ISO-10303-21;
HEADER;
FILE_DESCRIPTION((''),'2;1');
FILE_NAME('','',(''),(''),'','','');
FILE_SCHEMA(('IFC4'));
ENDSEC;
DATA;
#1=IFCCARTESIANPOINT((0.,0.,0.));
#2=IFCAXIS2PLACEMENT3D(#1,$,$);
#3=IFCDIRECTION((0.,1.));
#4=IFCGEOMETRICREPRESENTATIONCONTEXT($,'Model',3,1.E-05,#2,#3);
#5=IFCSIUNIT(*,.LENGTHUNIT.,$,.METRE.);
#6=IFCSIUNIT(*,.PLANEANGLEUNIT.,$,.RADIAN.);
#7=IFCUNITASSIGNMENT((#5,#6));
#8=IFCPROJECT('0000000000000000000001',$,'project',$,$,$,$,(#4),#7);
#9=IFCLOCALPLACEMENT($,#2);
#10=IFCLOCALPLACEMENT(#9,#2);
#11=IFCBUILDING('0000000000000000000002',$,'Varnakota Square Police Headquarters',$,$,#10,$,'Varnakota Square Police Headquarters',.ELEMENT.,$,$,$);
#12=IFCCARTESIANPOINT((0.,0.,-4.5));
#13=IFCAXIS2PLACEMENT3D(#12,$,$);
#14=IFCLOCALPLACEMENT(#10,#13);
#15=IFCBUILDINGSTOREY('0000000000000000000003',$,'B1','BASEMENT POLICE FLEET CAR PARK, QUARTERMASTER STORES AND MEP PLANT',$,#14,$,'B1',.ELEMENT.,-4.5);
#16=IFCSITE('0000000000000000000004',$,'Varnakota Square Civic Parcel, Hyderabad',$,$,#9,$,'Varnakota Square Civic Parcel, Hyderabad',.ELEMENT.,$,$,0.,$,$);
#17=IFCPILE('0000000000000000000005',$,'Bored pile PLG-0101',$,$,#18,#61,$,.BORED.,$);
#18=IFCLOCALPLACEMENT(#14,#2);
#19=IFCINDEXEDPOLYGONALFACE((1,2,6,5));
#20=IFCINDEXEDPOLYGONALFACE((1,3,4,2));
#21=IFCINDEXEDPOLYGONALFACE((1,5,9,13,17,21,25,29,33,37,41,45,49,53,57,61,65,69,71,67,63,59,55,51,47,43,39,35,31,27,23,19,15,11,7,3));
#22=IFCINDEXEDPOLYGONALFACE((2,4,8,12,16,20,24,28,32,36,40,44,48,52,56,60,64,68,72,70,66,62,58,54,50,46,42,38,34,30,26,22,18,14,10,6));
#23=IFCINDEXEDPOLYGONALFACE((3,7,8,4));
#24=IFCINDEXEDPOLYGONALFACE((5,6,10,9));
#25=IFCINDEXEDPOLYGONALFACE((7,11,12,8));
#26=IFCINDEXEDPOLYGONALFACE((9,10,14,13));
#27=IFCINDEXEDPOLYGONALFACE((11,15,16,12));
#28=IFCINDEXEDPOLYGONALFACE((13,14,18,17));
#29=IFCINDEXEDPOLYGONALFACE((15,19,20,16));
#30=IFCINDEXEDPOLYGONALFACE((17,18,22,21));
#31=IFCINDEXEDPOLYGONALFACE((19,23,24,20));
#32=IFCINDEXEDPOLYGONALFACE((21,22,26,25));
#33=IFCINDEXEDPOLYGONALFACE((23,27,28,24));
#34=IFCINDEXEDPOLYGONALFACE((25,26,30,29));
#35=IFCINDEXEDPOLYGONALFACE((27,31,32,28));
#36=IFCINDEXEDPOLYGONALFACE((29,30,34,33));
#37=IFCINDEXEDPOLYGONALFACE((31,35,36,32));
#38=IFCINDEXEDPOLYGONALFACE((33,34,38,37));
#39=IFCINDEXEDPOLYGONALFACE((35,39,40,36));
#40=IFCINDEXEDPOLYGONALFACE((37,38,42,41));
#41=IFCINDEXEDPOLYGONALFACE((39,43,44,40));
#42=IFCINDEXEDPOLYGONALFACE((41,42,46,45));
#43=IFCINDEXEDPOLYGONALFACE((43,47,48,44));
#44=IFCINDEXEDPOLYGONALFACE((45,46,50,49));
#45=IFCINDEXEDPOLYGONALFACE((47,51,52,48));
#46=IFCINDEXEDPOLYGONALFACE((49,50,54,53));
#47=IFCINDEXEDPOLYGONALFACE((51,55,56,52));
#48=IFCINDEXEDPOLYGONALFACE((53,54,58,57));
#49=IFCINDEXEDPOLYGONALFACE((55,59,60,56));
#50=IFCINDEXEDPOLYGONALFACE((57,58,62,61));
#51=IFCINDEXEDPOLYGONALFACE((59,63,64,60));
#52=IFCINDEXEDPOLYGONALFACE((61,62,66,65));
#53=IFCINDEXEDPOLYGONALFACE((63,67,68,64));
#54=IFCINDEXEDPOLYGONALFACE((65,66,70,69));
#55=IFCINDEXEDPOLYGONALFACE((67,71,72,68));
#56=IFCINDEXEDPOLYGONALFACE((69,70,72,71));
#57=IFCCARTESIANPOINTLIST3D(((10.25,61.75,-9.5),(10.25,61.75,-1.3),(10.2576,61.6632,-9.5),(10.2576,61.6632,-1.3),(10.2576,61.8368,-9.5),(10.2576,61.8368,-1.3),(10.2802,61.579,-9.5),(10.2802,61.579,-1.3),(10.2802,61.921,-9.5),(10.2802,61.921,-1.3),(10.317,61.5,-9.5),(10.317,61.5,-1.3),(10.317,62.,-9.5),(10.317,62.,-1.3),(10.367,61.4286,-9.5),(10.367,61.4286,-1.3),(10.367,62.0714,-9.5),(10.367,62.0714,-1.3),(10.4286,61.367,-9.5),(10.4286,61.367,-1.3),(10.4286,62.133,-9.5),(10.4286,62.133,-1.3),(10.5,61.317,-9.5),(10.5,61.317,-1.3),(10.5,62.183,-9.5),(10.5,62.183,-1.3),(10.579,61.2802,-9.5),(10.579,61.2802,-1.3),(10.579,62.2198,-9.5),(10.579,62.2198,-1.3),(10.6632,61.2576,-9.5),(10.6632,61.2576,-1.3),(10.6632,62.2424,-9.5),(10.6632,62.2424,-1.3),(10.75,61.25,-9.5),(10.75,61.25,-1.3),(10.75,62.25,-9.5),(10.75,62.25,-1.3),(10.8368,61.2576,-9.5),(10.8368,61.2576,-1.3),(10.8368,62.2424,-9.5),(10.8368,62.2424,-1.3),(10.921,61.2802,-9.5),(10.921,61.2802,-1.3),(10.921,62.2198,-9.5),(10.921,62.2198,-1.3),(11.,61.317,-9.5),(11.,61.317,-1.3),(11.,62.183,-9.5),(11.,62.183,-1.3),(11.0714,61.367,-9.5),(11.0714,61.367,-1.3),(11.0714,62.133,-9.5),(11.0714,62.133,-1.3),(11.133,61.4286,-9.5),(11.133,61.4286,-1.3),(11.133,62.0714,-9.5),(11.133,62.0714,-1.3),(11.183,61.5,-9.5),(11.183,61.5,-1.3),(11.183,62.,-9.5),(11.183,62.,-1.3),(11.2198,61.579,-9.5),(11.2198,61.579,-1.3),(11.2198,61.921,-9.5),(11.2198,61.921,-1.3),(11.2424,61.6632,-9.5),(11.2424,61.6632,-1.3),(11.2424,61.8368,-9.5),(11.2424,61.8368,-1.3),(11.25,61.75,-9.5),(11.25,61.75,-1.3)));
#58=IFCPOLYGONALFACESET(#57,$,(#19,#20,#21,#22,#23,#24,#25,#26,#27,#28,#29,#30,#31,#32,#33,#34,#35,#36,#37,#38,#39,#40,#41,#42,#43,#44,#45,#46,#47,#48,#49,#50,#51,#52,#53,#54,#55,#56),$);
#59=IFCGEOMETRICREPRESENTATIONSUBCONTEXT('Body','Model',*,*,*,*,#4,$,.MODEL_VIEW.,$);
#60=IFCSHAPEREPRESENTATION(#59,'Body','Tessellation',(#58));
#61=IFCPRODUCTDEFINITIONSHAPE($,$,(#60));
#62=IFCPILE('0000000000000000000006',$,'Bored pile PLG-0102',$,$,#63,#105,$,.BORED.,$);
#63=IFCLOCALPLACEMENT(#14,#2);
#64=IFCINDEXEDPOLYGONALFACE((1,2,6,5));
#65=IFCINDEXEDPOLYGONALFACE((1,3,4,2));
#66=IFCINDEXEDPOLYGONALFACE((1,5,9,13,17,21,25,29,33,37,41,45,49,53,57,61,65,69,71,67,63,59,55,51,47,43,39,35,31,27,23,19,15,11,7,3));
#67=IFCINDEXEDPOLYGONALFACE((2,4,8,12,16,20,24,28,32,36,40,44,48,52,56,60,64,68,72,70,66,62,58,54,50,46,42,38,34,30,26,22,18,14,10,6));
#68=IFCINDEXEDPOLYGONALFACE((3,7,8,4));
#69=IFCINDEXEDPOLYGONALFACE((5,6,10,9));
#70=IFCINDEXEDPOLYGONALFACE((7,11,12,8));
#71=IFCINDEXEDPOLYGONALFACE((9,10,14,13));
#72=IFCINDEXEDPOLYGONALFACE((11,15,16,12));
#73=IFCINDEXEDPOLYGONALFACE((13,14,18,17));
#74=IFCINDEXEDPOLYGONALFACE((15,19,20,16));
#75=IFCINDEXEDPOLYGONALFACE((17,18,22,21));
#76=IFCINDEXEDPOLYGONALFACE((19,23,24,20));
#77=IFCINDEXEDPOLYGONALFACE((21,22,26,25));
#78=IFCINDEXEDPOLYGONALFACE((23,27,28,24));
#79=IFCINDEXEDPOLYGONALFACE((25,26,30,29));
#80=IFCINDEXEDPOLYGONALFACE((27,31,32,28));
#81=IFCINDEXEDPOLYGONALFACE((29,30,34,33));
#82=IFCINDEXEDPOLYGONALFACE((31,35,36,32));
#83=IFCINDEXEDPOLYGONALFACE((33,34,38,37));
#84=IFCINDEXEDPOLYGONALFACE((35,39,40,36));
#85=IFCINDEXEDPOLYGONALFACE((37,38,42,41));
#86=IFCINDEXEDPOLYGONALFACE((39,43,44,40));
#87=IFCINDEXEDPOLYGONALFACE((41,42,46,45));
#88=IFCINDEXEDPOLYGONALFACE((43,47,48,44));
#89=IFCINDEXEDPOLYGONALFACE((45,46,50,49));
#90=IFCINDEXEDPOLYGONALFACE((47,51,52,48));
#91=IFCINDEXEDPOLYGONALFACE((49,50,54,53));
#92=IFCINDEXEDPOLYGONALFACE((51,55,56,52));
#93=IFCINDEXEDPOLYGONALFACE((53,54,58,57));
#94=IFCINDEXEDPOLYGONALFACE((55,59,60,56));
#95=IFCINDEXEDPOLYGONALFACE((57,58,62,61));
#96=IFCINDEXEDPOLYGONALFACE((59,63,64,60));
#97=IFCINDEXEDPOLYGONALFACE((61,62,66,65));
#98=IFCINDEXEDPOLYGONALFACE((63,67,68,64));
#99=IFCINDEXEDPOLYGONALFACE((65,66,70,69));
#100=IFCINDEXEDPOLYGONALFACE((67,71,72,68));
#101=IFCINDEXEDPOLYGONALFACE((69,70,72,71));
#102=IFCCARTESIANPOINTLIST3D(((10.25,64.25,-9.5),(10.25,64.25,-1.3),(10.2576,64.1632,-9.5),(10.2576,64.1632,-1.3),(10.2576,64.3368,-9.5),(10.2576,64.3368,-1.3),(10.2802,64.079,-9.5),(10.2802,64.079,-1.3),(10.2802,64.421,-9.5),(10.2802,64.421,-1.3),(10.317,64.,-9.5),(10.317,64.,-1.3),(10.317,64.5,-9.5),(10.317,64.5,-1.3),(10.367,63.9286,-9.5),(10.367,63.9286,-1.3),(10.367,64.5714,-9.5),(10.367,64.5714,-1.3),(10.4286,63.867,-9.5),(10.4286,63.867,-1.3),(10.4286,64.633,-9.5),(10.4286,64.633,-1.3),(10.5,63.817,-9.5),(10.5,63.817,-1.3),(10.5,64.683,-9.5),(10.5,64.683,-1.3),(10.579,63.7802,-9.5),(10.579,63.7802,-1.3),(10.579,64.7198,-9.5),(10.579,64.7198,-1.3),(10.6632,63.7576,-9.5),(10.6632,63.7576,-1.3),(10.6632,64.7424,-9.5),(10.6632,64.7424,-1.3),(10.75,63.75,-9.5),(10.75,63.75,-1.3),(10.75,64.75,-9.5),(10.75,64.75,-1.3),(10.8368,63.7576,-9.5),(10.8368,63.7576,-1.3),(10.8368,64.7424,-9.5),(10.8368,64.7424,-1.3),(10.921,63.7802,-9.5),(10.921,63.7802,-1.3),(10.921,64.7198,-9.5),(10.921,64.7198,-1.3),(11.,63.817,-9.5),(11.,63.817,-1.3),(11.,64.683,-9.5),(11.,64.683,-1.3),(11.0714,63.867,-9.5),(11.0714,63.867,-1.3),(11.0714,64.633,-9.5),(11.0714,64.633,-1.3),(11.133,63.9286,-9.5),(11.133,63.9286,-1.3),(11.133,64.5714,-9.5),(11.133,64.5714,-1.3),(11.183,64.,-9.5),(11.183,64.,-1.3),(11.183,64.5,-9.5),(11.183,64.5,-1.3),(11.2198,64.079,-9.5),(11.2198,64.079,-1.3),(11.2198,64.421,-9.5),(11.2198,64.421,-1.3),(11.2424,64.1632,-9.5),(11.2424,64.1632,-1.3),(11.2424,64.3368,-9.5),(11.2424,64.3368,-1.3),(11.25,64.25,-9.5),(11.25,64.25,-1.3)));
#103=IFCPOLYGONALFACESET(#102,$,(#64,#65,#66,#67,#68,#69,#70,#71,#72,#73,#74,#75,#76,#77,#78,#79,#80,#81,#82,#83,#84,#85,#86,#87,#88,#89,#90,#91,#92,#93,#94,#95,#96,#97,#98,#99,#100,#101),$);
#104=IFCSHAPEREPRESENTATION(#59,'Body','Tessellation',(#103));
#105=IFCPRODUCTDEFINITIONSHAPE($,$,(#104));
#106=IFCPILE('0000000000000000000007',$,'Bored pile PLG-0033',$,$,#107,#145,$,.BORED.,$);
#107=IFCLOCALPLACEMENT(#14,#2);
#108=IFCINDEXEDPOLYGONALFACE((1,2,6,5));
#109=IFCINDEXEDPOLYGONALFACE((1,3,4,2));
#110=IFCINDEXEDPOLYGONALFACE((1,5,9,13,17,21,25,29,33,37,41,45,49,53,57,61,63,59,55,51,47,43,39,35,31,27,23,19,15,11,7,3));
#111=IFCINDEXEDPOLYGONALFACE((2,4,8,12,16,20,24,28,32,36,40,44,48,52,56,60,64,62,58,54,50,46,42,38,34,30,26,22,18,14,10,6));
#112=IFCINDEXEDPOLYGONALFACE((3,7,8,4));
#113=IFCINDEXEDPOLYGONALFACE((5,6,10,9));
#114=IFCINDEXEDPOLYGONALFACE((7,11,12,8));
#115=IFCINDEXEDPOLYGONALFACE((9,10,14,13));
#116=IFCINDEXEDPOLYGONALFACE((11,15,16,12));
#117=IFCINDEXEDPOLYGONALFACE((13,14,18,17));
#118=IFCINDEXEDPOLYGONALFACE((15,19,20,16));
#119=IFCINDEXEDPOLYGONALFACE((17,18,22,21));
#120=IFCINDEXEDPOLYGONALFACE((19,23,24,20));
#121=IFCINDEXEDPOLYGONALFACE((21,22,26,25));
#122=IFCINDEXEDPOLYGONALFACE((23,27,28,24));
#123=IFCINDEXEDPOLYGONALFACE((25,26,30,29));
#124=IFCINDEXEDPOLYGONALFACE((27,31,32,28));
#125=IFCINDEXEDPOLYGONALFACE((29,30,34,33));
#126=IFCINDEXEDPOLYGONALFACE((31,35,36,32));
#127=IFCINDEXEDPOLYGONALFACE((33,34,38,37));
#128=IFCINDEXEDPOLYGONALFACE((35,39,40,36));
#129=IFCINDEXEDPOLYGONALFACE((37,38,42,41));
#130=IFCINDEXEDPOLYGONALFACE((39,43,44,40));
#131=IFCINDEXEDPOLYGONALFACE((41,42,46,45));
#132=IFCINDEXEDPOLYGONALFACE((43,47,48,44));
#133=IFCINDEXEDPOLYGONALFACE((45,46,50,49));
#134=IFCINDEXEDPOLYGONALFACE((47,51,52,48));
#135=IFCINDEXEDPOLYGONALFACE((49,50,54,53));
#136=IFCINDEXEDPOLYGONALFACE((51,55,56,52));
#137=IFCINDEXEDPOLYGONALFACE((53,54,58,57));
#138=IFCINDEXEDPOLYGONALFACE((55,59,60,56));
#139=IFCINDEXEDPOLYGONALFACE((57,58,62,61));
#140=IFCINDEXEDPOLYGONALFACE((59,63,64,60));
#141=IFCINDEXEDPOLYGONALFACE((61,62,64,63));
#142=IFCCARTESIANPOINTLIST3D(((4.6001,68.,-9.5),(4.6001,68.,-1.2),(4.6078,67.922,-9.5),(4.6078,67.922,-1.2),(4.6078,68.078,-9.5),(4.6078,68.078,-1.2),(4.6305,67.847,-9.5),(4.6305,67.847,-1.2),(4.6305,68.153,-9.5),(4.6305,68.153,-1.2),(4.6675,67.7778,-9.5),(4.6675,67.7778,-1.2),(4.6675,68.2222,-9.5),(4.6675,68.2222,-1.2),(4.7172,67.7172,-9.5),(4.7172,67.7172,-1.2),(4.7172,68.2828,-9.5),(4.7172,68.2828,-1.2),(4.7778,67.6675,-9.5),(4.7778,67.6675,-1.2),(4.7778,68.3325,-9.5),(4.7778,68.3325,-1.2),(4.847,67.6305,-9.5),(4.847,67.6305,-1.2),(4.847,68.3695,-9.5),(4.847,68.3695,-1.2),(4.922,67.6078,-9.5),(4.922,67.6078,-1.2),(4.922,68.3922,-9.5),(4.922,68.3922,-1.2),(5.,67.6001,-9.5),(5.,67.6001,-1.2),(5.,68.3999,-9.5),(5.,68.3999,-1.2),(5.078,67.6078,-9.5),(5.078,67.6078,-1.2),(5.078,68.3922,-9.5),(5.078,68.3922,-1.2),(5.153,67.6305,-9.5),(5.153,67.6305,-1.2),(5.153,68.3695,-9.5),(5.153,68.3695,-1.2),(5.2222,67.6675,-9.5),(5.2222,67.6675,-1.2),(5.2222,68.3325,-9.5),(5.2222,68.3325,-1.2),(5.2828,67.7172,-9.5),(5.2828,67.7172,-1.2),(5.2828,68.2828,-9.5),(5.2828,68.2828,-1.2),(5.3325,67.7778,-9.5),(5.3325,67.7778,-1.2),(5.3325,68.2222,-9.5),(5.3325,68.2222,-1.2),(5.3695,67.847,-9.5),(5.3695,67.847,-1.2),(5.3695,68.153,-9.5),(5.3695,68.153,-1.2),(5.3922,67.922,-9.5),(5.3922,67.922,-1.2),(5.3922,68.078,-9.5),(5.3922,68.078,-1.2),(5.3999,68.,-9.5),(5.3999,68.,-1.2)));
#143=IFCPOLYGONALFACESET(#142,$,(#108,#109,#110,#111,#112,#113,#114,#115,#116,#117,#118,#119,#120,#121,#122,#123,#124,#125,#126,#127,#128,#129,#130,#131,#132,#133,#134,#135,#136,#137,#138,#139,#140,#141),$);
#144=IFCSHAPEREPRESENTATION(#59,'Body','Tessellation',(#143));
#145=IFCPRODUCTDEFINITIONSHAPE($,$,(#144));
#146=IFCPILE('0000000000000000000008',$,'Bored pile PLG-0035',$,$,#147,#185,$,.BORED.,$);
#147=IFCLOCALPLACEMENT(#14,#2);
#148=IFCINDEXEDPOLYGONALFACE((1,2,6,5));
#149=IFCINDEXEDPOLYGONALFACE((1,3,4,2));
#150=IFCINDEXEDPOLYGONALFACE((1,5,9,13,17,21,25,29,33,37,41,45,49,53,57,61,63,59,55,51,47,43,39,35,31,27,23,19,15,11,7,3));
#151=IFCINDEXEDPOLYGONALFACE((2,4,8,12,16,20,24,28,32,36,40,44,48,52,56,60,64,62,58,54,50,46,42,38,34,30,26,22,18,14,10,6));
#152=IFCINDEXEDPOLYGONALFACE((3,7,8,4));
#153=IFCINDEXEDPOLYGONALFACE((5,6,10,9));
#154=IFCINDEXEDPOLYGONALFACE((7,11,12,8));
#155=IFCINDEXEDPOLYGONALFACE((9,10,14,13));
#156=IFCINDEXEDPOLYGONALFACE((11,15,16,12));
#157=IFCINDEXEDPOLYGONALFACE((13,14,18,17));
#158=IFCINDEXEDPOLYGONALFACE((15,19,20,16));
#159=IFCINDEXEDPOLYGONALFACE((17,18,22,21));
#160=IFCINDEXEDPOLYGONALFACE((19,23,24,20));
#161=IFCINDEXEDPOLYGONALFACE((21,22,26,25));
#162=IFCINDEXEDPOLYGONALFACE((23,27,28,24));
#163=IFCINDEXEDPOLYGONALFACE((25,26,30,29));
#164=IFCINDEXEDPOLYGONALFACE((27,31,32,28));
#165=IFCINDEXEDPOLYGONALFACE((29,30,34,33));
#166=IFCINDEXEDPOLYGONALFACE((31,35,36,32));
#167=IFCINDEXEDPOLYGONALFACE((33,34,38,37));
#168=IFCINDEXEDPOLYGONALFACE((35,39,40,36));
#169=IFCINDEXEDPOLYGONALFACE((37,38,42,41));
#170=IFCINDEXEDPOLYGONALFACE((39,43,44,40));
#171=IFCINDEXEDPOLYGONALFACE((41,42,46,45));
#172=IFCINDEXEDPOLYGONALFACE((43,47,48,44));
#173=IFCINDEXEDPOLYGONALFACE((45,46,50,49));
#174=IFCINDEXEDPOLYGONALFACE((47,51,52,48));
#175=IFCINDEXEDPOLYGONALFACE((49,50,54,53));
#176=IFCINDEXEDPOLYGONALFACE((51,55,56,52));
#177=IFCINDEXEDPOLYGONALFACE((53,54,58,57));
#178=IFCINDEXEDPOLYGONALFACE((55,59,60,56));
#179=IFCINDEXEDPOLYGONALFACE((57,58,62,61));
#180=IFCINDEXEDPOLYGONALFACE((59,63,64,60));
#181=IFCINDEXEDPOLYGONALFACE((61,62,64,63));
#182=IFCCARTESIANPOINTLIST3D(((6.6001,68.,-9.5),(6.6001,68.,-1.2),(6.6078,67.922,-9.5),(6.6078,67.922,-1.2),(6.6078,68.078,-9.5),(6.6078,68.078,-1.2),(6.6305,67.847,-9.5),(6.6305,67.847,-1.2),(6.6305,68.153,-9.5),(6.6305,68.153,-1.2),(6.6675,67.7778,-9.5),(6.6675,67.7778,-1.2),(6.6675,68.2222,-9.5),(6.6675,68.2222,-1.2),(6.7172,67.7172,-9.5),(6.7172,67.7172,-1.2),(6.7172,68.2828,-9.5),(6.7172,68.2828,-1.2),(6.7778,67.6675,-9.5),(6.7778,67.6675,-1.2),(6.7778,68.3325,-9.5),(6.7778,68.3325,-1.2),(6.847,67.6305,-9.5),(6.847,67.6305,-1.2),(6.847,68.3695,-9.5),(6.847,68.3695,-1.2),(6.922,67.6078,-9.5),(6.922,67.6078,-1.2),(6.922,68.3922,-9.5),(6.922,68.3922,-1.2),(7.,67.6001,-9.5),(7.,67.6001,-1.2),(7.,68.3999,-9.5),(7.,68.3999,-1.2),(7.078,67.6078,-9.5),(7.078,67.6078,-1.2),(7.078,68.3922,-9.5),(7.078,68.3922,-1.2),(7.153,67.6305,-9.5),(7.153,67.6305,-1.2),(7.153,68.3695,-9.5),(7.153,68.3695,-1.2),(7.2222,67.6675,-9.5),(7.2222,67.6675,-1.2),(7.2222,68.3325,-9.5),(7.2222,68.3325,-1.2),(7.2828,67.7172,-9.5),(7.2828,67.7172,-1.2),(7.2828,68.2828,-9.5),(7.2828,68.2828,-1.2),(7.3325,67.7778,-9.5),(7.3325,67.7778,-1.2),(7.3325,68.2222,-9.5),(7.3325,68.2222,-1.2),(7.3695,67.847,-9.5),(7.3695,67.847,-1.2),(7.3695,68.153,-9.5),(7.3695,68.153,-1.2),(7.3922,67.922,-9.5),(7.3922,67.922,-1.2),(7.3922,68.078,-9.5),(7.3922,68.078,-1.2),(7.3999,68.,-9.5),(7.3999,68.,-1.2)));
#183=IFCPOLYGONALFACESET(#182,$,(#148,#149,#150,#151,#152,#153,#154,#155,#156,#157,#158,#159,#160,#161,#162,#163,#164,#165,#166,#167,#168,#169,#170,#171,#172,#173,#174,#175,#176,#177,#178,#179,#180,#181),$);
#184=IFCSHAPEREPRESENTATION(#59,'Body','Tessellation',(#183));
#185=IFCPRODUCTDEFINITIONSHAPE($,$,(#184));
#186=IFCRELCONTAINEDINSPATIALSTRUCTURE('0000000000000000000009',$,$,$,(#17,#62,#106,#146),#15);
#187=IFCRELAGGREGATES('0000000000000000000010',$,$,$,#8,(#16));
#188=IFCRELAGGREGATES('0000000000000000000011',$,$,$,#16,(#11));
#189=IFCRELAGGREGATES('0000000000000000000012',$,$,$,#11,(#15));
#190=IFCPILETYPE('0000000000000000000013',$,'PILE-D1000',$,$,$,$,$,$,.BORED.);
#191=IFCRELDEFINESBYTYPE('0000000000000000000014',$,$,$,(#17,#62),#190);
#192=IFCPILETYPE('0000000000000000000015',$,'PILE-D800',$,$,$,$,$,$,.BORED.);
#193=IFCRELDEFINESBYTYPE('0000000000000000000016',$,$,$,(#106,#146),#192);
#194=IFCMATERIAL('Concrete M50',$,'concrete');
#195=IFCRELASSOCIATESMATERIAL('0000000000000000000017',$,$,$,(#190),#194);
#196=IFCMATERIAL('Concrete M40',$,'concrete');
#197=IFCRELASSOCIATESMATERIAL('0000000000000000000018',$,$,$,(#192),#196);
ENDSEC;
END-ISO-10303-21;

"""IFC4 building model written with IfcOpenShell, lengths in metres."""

from ifc_helpers import new_model, si_unit, direction, frame, origin, origin_2d, place, context, subcontext, project, spatial, circle, extrude, material, material_profile, profile_set, type_object, element, save


model = new_model("IFC4")

# Units and contexts
model_context = context("Model", 3, precision=1e-05, world=origin(), true_north=direction((0.0, 1.0)))
body_context = subcontext(model_context, "Body", "Model", "MODEL_VIEW")
ifc_project = project(units=[si_unit("LENGTHUNIT", "METRE"), si_unit("PLANEANGLEUNIT", "RADIAN")], contexts=[model_context])

# Site, building, storey
site_placement = place(None, origin())
site = spatial("IfcSite", under=ifc_project, at=site_placement, Name="Varnakota Square Civic Parcel, Hyderabad", LongName="Varnakota Square Civic Parcel, Hyderabad", CompositionType="ELEMENT", RefElevation=0.0)
building_placement = place(site_placement, origin())
building = spatial("IfcBuilding", under=site, at=building_placement, Name="Varnakota Square Police Headquarters", LongName="Varnakota Square Police Headquarters", CompositionType="ELEMENT")
storey_placement = place(building_placement, frame((0.0, 0.0, -4.5)))
storey = spatial("IfcBuildingStorey", under=building, at=storey_placement, Name="B1", Description="BASEMENT POLICE FLEET CAR PARK, QUARTERMASTER STORES AND MEP PLANT", LongName="B1", CompositionType="ELEMENT", Elevation=-4.5)

# Shared definitions
ifc_material_1 = material(Name="Concrete M40", Category="concrete")
ifc_material_2 = material(Name="Concrete M50", Category="concrete")

# Piles
ifc_material_profile_1 = material_profile(ifc_material_2, circle(Radius=0.5, at=origin_2d()), Name="BORED PILE 1000")
ifc_profile_set_1 = profile_set([ifc_material_profile_1], Name="Concrete M50")
pile_type_1 = type_object("IfcPileType", Name="PILE-D1000", PredefinedType="BORED", material=ifc_profile_set_1)
for number, where, z_axis, x_axis, name in (
    (1, (10.75, 61.75, -1.3), (0.0, 0.0, -1.0), (1.0, 0.0, 0.0), "Bored pile PLG-0101"),
    (2, (10.75, 64.25, -1.3), (0.0, 0.0, -1.0), (1.0, 0.0, 0.0), "Bored pile PLG-0102"),
):
    element("IfcPile", number, at=place(storey_placement, frame(where, z_axis=z_axis, x_axis=x_axis)), inside=storey, type_object=pile_type_1, Name=name, PredefinedType="BORED", context=body_context, shape_type="SweptSolid", body=[
        extrude(circle(Radius=0.5, at=origin_2d()), origin(), (0.0, 0.0, 1.0), 8.2),
    ])
ifc_material_profile_2 = material_profile(ifc_material_1, circle(Radius=0.3999, at=origin_2d()), Name="BORED PILE 800")
ifc_profile_set_2 = profile_set([ifc_material_profile_2], Name="Concrete M40")
pile_type_2 = type_object("IfcPileType", Name="PILE-D800", PredefinedType="BORED", material=ifc_profile_set_2)
for number, where, z_axis, x_axis, name in (
    (3, (5.0, 68.0, -1.2), (0.0, 0.0, -1.0), (1.0, 0.0, 0.0), "Bored pile PLG-0033"),
    (4, (7.0, 68.0, -1.2), (0.0, 0.0, -1.0), (1.0, 0.0, 0.0), "Bored pile PLG-0035"),
):
    element("IfcPile", number, at=place(storey_placement, frame(where, z_axis=z_axis, x_axis=x_axis)), inside=storey, type_object=pile_type_2, Name=name, PredefinedType="BORED", context=body_context, shape_type="SweptSolid", body=[
        extrude(circle(Radius=0.3999, at=origin_2d()), origin(), (0.0, 0.0, 1.0), 8.3),
    ])

save(model, "model.ifc")
